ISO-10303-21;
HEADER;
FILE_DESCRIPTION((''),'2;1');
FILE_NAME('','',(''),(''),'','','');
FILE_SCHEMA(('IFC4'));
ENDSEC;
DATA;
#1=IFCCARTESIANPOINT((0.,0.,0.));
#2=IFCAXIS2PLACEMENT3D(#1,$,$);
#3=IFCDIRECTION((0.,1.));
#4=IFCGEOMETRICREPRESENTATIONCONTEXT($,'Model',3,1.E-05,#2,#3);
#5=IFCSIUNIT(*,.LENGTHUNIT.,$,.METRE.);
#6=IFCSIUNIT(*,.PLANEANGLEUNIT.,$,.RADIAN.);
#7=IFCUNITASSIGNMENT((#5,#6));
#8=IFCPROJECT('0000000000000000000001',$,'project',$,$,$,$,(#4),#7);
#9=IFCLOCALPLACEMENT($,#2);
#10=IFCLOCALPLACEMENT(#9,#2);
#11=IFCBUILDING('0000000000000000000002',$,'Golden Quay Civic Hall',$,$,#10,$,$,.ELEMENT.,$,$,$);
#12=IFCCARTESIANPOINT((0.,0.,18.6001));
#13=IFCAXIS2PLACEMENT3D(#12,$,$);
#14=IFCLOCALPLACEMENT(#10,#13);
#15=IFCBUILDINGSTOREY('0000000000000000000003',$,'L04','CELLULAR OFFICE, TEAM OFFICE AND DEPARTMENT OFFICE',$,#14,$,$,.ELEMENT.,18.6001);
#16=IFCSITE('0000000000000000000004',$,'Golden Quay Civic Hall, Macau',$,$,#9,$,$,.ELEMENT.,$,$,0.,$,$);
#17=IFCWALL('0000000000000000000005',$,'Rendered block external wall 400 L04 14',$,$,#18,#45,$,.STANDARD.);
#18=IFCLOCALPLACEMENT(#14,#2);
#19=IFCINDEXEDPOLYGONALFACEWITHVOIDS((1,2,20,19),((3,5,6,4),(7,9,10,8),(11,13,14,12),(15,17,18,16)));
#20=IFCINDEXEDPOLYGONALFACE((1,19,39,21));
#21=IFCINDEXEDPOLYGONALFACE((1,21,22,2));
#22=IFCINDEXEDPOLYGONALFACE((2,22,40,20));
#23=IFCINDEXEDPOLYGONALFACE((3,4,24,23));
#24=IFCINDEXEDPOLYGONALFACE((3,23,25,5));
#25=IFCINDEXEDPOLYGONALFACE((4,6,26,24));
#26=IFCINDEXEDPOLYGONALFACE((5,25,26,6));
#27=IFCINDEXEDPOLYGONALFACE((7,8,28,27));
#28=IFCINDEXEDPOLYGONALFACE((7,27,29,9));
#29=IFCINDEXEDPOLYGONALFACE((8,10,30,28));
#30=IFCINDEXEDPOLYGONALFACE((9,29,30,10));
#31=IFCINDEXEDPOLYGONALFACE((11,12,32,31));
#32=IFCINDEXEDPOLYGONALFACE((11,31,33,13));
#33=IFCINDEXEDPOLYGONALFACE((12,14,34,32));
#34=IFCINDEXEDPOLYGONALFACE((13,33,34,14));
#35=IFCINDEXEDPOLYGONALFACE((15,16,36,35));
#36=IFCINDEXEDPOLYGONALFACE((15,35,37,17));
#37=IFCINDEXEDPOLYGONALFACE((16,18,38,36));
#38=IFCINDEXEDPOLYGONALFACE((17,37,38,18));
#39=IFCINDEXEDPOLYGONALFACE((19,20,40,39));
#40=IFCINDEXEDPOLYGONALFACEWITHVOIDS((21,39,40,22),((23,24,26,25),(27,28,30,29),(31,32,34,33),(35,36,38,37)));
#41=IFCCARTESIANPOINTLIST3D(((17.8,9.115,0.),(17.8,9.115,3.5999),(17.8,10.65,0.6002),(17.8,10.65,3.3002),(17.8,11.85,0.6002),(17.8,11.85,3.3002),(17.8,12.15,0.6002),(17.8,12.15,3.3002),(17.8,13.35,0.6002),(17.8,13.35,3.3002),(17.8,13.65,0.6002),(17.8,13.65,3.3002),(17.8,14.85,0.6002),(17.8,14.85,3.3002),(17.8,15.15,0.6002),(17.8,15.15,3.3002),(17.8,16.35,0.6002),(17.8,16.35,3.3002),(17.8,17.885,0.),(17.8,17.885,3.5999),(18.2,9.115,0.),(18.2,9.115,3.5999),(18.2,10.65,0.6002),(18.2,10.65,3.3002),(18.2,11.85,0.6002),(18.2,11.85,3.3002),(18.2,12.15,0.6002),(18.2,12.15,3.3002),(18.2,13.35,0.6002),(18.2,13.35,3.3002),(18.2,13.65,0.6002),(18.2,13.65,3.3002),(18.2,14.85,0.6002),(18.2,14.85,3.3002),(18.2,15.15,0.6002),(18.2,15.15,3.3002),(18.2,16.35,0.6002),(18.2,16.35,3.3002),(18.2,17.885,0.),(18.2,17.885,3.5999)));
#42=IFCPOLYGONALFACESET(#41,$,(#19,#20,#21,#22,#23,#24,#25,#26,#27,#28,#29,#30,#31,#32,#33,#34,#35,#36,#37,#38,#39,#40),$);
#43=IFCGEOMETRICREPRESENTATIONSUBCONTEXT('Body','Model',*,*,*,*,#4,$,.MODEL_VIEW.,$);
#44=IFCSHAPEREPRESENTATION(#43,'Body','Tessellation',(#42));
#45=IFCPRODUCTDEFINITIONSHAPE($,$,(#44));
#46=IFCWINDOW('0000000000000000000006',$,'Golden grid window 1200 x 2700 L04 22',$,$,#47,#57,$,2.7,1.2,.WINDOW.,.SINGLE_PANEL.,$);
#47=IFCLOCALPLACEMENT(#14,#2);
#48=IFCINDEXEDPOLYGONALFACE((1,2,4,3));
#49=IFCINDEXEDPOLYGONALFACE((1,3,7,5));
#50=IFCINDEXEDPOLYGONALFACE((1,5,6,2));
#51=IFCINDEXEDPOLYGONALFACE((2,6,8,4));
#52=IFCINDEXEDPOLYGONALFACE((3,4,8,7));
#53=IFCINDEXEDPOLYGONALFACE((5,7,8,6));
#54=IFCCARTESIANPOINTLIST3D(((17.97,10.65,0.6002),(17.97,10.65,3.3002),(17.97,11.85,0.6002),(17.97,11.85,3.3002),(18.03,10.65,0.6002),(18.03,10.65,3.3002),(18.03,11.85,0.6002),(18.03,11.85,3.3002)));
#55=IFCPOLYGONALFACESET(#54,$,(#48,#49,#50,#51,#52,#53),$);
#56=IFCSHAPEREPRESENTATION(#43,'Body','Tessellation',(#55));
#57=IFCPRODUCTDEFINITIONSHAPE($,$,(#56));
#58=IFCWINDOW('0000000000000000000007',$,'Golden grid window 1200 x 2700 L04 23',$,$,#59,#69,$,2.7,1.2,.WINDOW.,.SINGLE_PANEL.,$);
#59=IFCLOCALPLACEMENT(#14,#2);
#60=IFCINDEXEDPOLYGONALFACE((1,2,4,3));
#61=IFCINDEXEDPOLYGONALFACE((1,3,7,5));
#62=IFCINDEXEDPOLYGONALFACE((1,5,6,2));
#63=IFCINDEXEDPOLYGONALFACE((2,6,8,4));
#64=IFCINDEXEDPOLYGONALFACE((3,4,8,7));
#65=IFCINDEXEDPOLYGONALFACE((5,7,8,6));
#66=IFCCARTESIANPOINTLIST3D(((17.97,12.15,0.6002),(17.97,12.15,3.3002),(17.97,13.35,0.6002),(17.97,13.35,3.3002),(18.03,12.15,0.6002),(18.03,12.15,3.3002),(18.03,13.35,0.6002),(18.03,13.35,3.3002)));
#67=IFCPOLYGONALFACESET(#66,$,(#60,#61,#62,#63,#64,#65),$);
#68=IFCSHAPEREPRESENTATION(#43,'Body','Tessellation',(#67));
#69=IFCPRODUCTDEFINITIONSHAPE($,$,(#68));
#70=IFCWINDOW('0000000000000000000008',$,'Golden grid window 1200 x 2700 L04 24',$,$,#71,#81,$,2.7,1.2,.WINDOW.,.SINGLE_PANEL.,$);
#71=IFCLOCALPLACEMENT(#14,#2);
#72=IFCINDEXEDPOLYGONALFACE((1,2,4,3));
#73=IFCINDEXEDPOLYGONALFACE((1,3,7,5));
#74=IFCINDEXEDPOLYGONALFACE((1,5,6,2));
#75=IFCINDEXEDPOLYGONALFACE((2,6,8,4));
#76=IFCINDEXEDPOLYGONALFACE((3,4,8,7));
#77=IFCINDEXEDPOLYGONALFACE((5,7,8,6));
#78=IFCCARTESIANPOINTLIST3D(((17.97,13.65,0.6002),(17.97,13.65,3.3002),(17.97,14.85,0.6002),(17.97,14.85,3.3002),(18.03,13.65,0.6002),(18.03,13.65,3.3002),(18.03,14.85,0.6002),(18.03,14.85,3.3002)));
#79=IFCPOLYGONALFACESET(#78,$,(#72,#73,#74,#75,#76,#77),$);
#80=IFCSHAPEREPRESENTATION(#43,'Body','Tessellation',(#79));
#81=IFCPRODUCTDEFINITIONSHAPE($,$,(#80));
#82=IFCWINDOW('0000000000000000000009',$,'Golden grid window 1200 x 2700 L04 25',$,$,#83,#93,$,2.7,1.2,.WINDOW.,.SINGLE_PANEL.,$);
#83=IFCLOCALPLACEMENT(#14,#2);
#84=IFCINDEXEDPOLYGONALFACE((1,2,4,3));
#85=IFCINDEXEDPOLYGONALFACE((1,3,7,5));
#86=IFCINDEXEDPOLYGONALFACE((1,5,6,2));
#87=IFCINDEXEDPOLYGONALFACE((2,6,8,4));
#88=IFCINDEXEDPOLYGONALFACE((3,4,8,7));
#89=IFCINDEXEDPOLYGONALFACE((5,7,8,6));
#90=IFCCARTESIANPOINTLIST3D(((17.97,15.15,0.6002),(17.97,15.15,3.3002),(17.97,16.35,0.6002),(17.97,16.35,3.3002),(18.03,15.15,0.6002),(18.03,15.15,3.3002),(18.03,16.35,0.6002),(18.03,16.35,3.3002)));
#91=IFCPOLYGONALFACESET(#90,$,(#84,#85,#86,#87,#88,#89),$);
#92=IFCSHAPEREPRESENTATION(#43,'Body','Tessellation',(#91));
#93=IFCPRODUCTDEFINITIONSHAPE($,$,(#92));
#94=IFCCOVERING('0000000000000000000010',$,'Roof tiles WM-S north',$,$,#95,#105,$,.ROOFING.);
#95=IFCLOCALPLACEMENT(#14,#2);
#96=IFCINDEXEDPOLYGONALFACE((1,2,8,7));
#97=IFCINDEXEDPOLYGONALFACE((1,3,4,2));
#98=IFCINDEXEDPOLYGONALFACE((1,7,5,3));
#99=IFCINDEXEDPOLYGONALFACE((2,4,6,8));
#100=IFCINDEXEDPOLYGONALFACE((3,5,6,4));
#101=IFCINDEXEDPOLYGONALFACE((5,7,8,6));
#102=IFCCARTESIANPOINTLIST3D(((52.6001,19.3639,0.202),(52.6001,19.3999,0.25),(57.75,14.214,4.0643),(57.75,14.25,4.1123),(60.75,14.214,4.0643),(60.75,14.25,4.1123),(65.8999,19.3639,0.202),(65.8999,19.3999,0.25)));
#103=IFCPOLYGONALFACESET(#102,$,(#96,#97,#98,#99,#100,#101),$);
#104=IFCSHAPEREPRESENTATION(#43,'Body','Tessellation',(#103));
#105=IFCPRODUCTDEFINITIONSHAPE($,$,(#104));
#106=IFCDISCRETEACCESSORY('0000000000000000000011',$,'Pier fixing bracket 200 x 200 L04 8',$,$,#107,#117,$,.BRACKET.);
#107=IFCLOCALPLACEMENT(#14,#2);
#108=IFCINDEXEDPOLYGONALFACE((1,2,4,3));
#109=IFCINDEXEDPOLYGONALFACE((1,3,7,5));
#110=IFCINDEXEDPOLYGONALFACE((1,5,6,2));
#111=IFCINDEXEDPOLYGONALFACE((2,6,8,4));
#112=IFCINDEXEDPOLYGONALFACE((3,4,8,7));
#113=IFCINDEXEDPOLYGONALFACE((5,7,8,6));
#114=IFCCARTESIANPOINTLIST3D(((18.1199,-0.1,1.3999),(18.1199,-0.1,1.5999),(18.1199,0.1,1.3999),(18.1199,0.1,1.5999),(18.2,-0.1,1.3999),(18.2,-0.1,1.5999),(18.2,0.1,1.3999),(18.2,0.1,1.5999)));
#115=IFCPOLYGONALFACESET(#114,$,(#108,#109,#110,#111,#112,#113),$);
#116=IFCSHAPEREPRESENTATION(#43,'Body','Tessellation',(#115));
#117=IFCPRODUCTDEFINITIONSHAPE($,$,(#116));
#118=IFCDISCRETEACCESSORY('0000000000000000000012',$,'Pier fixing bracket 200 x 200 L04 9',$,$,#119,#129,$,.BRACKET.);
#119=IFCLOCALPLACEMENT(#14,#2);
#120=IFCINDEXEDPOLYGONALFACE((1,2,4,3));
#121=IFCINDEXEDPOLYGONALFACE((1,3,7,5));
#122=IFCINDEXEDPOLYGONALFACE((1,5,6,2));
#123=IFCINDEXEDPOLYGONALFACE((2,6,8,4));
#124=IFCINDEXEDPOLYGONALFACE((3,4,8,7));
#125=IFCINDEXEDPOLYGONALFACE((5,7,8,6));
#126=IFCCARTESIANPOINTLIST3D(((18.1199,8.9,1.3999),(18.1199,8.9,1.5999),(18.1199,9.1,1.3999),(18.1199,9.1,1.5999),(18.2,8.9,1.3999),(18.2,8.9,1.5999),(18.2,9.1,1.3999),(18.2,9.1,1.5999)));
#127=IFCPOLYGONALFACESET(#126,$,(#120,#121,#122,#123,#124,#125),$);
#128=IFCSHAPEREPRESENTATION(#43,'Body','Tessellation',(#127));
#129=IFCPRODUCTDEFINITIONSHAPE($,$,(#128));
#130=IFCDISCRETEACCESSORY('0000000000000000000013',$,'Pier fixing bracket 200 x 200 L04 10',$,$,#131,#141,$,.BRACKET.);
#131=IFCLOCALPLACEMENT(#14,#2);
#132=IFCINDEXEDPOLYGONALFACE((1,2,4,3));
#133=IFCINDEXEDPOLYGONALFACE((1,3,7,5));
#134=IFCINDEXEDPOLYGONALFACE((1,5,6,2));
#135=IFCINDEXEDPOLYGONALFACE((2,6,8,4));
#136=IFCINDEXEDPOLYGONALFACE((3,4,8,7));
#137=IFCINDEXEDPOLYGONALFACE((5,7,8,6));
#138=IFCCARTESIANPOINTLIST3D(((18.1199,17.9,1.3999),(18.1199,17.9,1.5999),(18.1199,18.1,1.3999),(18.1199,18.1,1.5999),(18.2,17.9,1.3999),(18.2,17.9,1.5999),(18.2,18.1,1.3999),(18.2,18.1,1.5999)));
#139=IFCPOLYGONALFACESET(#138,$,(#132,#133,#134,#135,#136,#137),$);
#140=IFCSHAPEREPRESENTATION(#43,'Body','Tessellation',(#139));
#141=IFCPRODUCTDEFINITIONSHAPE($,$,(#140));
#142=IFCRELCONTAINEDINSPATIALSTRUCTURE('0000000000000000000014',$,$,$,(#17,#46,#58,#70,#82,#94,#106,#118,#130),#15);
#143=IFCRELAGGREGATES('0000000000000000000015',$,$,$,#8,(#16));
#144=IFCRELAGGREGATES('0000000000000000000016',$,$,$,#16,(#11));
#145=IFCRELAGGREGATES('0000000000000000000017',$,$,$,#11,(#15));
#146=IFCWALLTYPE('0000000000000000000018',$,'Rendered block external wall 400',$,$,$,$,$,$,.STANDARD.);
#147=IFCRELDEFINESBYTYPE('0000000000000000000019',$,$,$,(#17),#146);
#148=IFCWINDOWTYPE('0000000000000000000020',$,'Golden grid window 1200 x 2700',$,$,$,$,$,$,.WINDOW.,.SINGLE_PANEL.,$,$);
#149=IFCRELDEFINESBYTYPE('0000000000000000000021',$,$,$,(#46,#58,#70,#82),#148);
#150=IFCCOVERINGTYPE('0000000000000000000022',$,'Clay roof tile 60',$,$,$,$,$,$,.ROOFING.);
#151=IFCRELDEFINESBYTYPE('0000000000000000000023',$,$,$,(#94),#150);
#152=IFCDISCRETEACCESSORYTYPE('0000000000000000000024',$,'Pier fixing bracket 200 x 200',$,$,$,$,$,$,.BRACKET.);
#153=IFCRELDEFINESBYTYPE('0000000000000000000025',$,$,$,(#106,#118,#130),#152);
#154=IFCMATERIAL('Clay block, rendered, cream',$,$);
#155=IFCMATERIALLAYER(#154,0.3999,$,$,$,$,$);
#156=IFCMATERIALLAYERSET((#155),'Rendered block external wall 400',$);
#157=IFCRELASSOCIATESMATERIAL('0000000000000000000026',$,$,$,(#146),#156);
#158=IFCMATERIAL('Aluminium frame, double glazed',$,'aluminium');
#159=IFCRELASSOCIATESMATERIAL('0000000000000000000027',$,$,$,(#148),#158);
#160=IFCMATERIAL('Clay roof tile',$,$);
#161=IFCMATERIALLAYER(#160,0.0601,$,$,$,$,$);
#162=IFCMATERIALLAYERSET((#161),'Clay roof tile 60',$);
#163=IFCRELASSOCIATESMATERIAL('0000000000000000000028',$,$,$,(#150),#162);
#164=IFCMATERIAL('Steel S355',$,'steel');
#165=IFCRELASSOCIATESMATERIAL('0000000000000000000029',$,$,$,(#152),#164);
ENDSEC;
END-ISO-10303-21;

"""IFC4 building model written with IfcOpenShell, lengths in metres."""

from ifc_helpers import new_model, si_unit, direction, frame, frame_2d, origin, origin_2d, place, context, subcontext, project, spatial, polyline, rectangle, outline, extrude, material, layer, layer_set, type_object, element, fill, save


model = new_model("IFC4")

# Units and contexts
model_context = context("Model", 3, precision=1e-05, world=origin(), true_north=direction((0.0, 1.0)))
body_context = subcontext(model_context, "Body", "Model", "MODEL_VIEW")
ifc_project = project(units=[si_unit("LENGTHUNIT", "METRE"), si_unit("PLANEANGLEUNIT", "RADIAN")], contexts=[model_context])

# Site, building, storey
site_placement = place(None, origin())
site = spatial("IfcSite", under=ifc_project, at=site_placement, Name="Golden Quay Civic Hall, Macau", CompositionType="ELEMENT", RefElevation=0.0)
building_placement = place(site_placement, origin())
building = spatial("IfcBuilding", under=site, at=building_placement, Name="Golden Quay Civic Hall", CompositionType="ELEMENT")
storey_placement = place(building_placement, frame((0.0, 0.0, 18.6001)))
storey = spatial("IfcBuildingStorey", under=building, at=storey_placement, Name="L04", Description="CELLULAR OFFICE, TEAM OFFICE AND DEPARTMENT OFFICE", CompositionType="ELEMENT", Elevation=18.6001)

# Wall, openings, windows
ifc_material_1 = material(Name="Clay block, rendered, cream")
ifc_layer_1 = layer(ifc_material_1, 0.3999)
ifc_layer_set_1 = layer_set([ifc_layer_1], Name="Rendered block external wall 400")
wall_type_1 = type_object("IfcWallType", Name="Rendered block external wall 400", PredefinedType="STANDARD", material=ifc_layer_set_1)
ifc_material_2 = material(Name="Aluminium frame, double glazed", Category="aluminium")
window_type = type_object("IfcWindowType", Name="Golden grid window 1200 x 2700", PartitioningType="SINGLE_PANEL", PredefinedType="WINDOW", material=ifc_material_2)
wall_1_placement = place(storey_placement, frame((18.0, 17.885, 0.0), z_axis=(0.0, 0.0, 1.0), x_axis=(0.0, -1.0, 0.0)))
wall_1 = element("IfcWall", 1, at=wall_1_placement, inside=storey, type_object=wall_type_1, Name="Rendered block external wall 400 L04 14", PredefinedType="STANDARD", context=body_context, shape_type="SweptSolid", body=[
    extrude(rectangle(XDim=8.77, YDim=0.3999, at=frame_2d((4.385, 0.0))), origin(), (0.0, 0.0, 1.0), 3.5999),
])
opening_1_placement = place(wall_1_placement, frame((6.0349, 0.0, 0.6001)))
opening_1 = element("IfcOpeningElement", 2, at=opening_1_placement, cuts=wall_1, PredefinedType="OPENING", context=body_context, shape_type="SweptSolid", body=[
    extrude(rectangle(XDim=1.2, YDim=2.7, at=frame_2d((0.6001, 1.3501))), frame((0.0, 0.21, 0.0), z_axis=(0.0, -1.0, 0.0), x_axis=(1.0, 0.0, 0.0)), (0.0, 0.0, 1.0), 0.4199),
])
opening_2_placement = place(wall_1_placement, frame((4.5349, 0.0, 0.6001)))
opening_2 = element("IfcOpeningElement", 3, at=opening_2_placement, cuts=wall_1, PredefinedType="OPENING", context=body_context, shape_type="SweptSolid", body=[
    extrude(rectangle(XDim=1.2, YDim=2.7, at=frame_2d((0.6001, 1.3501))), frame((0.0, 0.21, 0.0), z_axis=(0.0, -1.0, 0.0), x_axis=(1.0, 0.0, 0.0)), (0.0, 0.0, 1.0), 0.4199),
])
opening_3_placement = place(wall_1_placement, frame((3.0349, 0.0, 0.6001)))
opening_3 = element("IfcOpeningElement", 4, at=opening_3_placement, cuts=wall_1, PredefinedType="OPENING", context=body_context, shape_type="SweptSolid", body=[
    extrude(rectangle(XDim=1.2, YDim=2.7, at=frame_2d((0.6001, 1.3501))), frame((0.0, 0.21, 0.0), z_axis=(0.0, -1.0, 0.0), x_axis=(1.0, 0.0, 0.0)), (0.0, 0.0, 1.0), 0.4199),
])
opening_4_placement = place(wall_1_placement, frame((1.5349, 0.0, 0.6001)))
opening_4 = element("IfcOpeningElement", 5, at=opening_4_placement, cuts=wall_1, PredefinedType="OPENING", context=body_context, shape_type="SweptSolid", body=[
    extrude(rectangle(XDim=1.2, YDim=2.7, at=frame_2d((0.6001, 1.3501))), frame((0.0, 0.21, 0.0), z_axis=(0.0, -1.0, 0.0), x_axis=(1.0, 0.0, 0.0)), (0.0, 0.0, 1.0), 0.4199),
])
window_1_placement = place(opening_1_placement, origin())
window_1 = element("IfcWindow", 6, at=window_1_placement, inside=storey, type_object=window_type, Name="Golden grid window 1200 x 2700 L04 22", OverallHeight=2.7, OverallWidth=1.2, PartitioningType="SINGLE_PANEL", PredefinedType="WINDOW", context=body_context, shape_type="SweptSolid", body=[
    extrude(rectangle(XDim=1.2, YDim=2.7, at=frame_2d((0.6001, 1.3501))), frame((0.0, 0.03, 0.0), z_axis=(0.0, -1.0, 0.0), x_axis=(1.0, 0.0, 0.0)), (0.0, 0.0, 1.0), 0.0601),
])
fill(opening_1, window_1)
window_2_placement = place(opening_2_placement, origin())
window_2 = element("IfcWindow", 7, at=window_2_placement, inside=storey, type_object=window_type, Name="Golden grid window 1200 x 2700 L04 23", OverallHeight=2.7, OverallWidth=1.2, PartitioningType="SINGLE_PANEL", PredefinedType="WINDOW", context=body_context, shape_type="SweptSolid", body=[
    extrude(rectangle(XDim=1.2, YDim=2.7, at=frame_2d((0.6001, 1.3501))), frame((0.0, 0.03, 0.0), z_axis=(0.0, -1.0, 0.0), x_axis=(1.0, 0.0, 0.0)), (0.0, 0.0, 1.0), 0.0601),
])
fill(opening_2, window_2)
window_3_placement = place(opening_3_placement, origin())
window_3 = element("IfcWindow", 8, at=window_3_placement, inside=storey, type_object=window_type, Name="Golden grid window 1200 x 2700 L04 24", OverallHeight=2.7, OverallWidth=1.2, PartitioningType="SINGLE_PANEL", PredefinedType="WINDOW", context=body_context, shape_type="SweptSolid", body=[
    extrude(rectangle(XDim=1.2, YDim=2.7, at=frame_2d((0.6001, 1.3501))), frame((0.0, 0.03, 0.0), z_axis=(0.0, -1.0, 0.0), x_axis=(1.0, 0.0, 0.0)), (0.0, 0.0, 1.0), 0.0601),
])
fill(opening_3, window_3)
window_4_placement = place(opening_4_placement, origin())
window_4 = element("IfcWindow", 9, at=window_4_placement, inside=storey, type_object=window_type, Name="Golden grid window 1200 x 2700 L04 25", OverallHeight=2.7, OverallWidth=1.2, PartitioningType="SINGLE_PANEL", PredefinedType="WINDOW", context=body_context, shape_type="SweptSolid", body=[
    extrude(rectangle(XDim=1.2, YDim=2.7, at=frame_2d((0.6001, 1.3501))), frame((0.0, 0.03, 0.0), z_axis=(0.0, -1.0, 0.0), x_axis=(1.0, 0.0, 0.0)), (0.0, 0.0, 1.0), 0.0601),
])
fill(opening_4, window_4)

# Covering
ifc_material_3 = material(Name="Clay roof tile")
ifc_layer_2 = layer(ifc_material_3, 0.0601)
ifc_layer_set_2 = layer_set([ifc_layer_2], Name="Clay roof tile 60")
covering_type = type_object("IfcCoveringType", Name="Clay roof tile 60", PredefinedType="ROOFING", material=ifc_layer_set_2)
covering_placement = place(storey_placement, frame((52.6001, 19.3999, 0.25), z_axis=(0.0, 0.599988, 0.800009), x_axis=(1.0, 0.0, 0.0)))
element("IfcCovering", 10, at=covering_placement, inside=storey, type_object=covering_type, Name="Roof tiles WM-S north", PredefinedType="ROOFING", context=body_context, shape_type="SweptSolid", body=[
    extrude(outline(polyline([(0.0, 0.0), (13.2998, 0.0), (8.1499, -6.4373), (5.1499, -6.4373), (0.0, 0.0)])), origin(), (0.0, 0.0, -1.0), 0.0601),
])

# Discrete accessories
ifc_material_4 = material(Name="Steel S355", Category="steel")
discrete_accessory_type = type_object("IfcDiscreteAccessoryType", Name="Pier fixing bracket 200 x 200", PredefinedType="BRACKET", material=ifc_material_4)
for number, where, z_axis, x_axis, name in (
    (11, (18.1599, 0.0, 1.3999), (0.0, 0.0, 1.0), (0.0, 1.0, 0.0), "Pier fixing bracket 200 x 200 L04 8"),
    (12, (18.1599, 9.0, 1.3999), (0.0, 0.0, 1.0), (0.0, 1.0, 0.0), "Pier fixing bracket 200 x 200 L04 9"),
    (13, (18.1599, 18.0, 1.3999), (0.0, 0.0, 1.0), (0.0, 1.0, 0.0), "Pier fixing bracket 200 x 200 L04 10"),
):
    element("IfcDiscreteAccessory", number, at=place(storey_placement, frame(where, z_axis=z_axis, x_axis=x_axis)), inside=storey, type_object=discrete_accessory_type, Name=name, PredefinedType="BRACKET", context=body_context, shape_type="SweptSolid", body=[
        extrude(rectangle(XDim=0.2, YDim=0.0801, at=origin_2d()), origin(), (0.0, 0.0, 1.0), 0.2),
    ])

save(model, "model.ifc")
